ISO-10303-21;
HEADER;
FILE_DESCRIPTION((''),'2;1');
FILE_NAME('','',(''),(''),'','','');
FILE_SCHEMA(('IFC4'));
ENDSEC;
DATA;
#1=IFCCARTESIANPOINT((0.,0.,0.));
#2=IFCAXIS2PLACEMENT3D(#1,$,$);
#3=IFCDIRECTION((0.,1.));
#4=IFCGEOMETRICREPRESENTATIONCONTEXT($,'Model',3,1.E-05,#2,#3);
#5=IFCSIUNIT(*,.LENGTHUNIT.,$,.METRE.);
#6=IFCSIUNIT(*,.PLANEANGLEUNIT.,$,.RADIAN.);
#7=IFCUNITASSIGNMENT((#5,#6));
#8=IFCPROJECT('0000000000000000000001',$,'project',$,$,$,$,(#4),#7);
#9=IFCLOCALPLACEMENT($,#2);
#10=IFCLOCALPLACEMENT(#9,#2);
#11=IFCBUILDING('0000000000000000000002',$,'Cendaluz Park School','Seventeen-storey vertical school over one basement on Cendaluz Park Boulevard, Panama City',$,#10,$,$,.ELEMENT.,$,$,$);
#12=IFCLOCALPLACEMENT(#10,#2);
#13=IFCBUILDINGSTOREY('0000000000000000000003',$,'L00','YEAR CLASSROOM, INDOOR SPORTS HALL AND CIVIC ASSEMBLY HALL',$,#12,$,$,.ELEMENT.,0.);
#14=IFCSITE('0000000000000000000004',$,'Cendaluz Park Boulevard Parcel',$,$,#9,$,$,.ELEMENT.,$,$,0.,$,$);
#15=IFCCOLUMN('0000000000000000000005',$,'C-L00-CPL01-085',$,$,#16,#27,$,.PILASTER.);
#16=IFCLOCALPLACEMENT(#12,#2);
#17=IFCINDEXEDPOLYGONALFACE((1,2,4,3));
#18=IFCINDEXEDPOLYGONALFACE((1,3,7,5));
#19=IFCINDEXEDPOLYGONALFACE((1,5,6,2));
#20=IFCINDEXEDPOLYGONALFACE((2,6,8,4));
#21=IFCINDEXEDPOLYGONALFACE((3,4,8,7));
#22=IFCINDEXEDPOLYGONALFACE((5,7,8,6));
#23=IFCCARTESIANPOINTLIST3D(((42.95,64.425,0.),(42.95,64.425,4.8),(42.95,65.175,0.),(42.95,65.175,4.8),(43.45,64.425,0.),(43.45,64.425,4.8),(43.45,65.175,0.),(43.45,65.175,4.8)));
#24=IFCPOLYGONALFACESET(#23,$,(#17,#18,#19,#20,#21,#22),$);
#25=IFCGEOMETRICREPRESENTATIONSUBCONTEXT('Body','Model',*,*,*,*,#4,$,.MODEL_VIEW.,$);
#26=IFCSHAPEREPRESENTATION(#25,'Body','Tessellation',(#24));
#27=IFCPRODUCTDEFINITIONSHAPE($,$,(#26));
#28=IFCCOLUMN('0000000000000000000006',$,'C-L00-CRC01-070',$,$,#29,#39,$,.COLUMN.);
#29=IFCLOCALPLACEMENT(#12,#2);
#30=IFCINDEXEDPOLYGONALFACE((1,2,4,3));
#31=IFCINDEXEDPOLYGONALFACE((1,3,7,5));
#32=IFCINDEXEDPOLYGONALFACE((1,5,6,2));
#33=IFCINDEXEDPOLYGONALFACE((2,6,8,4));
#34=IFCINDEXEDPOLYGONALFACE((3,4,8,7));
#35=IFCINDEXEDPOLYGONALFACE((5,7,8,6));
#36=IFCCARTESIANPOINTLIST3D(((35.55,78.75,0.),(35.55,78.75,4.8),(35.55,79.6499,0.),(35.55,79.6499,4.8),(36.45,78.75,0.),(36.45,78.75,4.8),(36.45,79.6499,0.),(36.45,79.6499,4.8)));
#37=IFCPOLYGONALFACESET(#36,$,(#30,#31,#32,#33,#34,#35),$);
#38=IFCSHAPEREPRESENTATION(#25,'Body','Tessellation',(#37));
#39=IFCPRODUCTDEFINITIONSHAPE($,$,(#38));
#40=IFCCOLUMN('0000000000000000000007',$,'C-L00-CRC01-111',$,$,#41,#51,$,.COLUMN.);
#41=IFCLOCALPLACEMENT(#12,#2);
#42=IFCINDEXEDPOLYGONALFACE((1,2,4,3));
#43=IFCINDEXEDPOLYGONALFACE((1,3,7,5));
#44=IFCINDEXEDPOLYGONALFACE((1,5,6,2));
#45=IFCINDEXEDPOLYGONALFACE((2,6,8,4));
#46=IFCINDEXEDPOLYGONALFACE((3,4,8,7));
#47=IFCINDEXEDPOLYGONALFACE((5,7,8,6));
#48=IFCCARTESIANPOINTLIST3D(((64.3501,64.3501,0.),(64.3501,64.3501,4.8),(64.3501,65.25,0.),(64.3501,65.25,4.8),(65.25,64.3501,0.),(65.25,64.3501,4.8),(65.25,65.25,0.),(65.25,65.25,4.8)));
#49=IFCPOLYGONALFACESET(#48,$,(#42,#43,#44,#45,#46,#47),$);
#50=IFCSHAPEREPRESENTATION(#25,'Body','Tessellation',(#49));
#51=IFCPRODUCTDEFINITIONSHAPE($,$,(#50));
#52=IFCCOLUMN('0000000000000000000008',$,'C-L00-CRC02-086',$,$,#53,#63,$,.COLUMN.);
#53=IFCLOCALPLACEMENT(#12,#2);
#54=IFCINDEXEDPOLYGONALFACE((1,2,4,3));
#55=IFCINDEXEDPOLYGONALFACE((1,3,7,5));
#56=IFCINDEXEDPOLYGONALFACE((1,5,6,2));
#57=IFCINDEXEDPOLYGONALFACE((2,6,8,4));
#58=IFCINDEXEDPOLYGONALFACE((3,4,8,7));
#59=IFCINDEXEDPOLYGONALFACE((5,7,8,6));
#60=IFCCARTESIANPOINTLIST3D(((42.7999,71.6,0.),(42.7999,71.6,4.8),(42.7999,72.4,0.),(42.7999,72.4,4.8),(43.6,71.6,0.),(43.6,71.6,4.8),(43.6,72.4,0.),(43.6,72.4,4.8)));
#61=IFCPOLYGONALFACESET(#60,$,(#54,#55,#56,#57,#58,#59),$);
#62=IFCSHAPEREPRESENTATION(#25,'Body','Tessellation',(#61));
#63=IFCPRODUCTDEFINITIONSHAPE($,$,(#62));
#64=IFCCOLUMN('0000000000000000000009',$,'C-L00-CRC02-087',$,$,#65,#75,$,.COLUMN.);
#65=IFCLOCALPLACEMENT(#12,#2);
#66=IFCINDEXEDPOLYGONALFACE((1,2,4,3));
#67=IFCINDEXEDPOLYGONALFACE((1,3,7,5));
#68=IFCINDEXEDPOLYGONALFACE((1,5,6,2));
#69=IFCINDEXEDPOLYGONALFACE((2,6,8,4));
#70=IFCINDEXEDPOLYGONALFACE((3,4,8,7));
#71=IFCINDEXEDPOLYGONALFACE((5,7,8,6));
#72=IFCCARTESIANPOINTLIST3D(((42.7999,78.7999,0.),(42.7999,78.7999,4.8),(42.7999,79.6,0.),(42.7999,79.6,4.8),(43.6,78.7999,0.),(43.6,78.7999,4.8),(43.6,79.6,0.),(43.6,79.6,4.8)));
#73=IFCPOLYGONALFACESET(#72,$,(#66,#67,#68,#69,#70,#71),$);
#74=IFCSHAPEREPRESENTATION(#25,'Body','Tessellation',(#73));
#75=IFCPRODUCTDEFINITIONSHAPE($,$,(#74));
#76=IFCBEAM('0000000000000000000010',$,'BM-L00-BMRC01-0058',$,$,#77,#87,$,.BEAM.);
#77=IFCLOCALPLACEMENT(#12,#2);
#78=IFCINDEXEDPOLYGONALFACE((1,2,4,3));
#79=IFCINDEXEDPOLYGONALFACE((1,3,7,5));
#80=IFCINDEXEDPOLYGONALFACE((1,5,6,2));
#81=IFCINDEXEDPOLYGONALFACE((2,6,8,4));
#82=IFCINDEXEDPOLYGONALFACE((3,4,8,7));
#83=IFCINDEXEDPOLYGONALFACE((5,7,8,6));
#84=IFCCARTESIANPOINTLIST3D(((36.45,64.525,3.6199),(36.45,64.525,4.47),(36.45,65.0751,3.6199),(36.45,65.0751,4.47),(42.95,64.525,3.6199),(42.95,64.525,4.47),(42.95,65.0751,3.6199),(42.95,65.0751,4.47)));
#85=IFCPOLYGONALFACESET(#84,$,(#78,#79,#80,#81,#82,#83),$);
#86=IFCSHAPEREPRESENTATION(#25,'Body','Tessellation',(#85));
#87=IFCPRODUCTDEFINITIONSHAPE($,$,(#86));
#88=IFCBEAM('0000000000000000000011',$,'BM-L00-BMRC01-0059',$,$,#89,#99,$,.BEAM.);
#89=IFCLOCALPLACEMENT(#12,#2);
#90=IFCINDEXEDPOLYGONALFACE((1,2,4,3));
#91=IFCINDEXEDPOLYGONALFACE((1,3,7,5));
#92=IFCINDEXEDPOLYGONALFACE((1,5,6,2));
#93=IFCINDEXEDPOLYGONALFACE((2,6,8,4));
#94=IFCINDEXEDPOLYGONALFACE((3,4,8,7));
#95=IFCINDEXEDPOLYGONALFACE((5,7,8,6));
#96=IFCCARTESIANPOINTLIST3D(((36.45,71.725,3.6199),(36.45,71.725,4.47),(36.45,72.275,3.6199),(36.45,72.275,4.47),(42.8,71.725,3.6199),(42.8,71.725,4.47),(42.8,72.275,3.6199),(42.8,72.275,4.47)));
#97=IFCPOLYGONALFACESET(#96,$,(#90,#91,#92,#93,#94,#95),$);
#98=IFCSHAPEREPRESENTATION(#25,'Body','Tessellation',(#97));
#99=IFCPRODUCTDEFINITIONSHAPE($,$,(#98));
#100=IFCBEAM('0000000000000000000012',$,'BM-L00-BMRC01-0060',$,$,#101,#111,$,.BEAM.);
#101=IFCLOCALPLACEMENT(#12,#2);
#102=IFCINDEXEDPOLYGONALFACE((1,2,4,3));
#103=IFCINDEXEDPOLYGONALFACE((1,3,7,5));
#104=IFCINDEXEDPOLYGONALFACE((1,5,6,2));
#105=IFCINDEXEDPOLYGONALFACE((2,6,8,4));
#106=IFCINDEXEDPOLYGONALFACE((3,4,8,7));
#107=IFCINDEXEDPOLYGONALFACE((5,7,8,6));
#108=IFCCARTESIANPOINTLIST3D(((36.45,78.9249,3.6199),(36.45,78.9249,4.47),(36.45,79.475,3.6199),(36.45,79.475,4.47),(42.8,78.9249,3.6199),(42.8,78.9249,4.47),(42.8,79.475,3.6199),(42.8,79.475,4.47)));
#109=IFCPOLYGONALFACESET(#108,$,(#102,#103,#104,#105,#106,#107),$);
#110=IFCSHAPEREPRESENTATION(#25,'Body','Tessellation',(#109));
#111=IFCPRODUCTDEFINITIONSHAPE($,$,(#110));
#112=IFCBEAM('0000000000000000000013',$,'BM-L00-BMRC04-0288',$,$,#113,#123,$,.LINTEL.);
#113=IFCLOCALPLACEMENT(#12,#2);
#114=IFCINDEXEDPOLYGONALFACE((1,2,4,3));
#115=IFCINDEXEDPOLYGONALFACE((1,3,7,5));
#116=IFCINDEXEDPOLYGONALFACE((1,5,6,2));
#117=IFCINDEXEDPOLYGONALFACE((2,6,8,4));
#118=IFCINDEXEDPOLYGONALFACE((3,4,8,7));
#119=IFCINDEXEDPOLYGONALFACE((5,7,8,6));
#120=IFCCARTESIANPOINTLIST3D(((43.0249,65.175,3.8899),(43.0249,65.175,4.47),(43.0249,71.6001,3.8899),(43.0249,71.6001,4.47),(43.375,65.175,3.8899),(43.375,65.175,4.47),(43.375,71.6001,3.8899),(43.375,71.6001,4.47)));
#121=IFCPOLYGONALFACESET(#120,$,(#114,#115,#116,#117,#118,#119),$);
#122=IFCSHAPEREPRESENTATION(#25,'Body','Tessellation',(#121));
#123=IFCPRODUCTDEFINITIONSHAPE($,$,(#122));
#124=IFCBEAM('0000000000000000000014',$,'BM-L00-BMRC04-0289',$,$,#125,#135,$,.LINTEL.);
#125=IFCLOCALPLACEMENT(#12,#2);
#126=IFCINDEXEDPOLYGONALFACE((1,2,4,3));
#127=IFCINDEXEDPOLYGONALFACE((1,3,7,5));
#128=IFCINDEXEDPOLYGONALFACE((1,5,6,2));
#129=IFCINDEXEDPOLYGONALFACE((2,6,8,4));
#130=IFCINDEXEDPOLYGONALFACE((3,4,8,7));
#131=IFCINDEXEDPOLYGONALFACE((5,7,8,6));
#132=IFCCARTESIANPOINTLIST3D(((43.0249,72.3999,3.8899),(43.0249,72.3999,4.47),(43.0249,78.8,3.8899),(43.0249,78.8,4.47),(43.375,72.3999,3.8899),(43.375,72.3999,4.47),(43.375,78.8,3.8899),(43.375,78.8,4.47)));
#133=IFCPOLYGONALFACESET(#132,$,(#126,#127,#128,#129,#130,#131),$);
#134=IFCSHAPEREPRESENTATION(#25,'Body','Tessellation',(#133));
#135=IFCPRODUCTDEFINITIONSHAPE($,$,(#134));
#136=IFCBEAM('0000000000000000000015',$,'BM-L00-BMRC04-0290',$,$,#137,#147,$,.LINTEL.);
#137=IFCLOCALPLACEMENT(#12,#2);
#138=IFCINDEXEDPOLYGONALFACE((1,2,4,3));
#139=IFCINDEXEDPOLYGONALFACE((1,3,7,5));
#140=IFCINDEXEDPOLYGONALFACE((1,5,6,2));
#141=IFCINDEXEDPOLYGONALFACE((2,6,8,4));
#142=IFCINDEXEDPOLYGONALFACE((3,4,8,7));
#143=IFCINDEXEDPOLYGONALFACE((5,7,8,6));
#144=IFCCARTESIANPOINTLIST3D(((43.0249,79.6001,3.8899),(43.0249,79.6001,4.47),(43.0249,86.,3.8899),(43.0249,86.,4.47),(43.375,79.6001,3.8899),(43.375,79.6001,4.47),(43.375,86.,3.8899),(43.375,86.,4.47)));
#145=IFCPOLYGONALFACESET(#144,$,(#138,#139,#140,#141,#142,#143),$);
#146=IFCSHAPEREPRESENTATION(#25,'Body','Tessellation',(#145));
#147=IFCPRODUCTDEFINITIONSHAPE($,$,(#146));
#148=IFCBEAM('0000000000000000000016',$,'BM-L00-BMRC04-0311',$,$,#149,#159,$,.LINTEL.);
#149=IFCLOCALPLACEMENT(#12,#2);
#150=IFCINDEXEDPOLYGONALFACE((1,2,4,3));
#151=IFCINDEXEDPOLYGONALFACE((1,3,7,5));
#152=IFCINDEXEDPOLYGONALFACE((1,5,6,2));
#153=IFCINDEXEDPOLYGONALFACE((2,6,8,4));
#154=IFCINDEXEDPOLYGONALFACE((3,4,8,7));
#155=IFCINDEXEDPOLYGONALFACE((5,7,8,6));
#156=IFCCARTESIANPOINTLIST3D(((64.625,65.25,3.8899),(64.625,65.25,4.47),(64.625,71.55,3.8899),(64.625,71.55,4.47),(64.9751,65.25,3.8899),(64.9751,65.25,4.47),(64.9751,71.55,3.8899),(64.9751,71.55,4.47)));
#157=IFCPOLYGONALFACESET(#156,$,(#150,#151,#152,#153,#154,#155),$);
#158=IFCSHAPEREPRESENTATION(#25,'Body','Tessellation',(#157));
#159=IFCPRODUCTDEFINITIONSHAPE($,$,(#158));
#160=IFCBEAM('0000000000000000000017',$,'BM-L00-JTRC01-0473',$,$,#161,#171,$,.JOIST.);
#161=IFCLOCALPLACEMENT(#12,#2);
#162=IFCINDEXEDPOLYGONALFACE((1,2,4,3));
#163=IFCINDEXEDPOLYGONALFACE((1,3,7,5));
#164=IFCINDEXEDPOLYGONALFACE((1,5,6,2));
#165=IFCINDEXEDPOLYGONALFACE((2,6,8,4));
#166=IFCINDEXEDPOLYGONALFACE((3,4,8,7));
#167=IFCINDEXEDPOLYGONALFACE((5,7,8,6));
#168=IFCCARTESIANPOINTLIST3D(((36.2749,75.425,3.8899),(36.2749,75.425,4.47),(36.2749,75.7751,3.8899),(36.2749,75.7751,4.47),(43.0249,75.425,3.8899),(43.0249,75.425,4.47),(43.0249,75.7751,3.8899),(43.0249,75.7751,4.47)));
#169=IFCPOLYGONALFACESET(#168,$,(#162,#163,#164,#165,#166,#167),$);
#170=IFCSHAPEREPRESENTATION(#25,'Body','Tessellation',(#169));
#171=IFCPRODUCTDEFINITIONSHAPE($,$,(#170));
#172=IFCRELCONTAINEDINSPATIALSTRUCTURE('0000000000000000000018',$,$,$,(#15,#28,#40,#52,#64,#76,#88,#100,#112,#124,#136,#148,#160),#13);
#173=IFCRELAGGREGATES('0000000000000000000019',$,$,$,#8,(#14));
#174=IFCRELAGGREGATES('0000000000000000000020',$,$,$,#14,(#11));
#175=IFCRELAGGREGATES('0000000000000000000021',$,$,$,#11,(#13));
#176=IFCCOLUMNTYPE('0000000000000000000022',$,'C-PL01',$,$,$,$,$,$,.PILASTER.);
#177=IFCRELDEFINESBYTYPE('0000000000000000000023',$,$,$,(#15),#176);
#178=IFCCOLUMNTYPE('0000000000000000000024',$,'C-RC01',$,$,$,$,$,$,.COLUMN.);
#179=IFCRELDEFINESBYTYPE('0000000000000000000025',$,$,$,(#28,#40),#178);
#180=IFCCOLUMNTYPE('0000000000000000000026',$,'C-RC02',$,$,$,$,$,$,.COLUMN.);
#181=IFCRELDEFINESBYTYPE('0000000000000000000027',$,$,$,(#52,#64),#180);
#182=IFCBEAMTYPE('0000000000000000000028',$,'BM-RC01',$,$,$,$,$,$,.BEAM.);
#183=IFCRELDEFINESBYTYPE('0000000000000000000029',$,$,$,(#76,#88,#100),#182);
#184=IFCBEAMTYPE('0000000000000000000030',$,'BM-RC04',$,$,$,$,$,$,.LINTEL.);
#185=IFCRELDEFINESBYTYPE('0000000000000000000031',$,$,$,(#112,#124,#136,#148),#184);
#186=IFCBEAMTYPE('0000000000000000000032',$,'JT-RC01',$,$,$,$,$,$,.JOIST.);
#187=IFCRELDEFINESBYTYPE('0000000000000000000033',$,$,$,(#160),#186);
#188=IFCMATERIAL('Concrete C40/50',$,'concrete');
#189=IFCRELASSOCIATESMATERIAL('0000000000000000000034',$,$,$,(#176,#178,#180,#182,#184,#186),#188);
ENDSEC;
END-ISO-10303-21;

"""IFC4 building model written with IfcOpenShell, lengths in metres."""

from ifc_helpers import new_model, si_unit, direction, frame, origin, origin_2d, place, context, subcontext, project, spatial, rectangle, extrude, material, material_profile, profile_set, type_object, element, save


model = new_model("IFC4")

# Units and contexts
model_context = context("Model", 3, precision=1e-05, world=origin(), true_north=direction((0.0, 1.0)))
body_context = subcontext(model_context, "Body", "Model", "MODEL_VIEW")
ifc_project = project(units=[si_unit("LENGTHUNIT", "METRE"), si_unit("PLANEANGLEUNIT", "RADIAN")], contexts=[model_context])

# Site, building, storey
site_placement = place(None, origin())
site = spatial("IfcSite", under=ifc_project, at=site_placement, Name="Cendaluz Park Boulevard Parcel", CompositionType="ELEMENT", RefElevation=0.0)
building_placement = place(site_placement, origin())
building = spatial("IfcBuilding", under=site, at=building_placement, Name="Cendaluz Park School", Description="Seventeen-storey vertical school over one basement on Cendaluz Park Boulevard, Panama City", CompositionType="ELEMENT")
storey_placement = place(building_placement, origin())
storey = spatial("IfcBuildingStorey", under=building, at=storey_placement, Name="L00", Description="YEAR CLASSROOM, INDOOR SPORTS HALL AND CIVIC ASSEMBLY HALL", CompositionType="ELEMENT", Elevation=0.0)

# Columns
ifc_material_1 = material(Name="Concrete C40/50", Category="concrete")
ifc_material_profile_1 = material_profile(ifc_material_1, rectangle(XDim=0.5, YDim=0.75, at=origin_2d()), Name="RC 500x750", Category="concrete")
ifc_profile_set_1 = profile_set([ifc_material_profile_1], Name="Concrete C40/50")
column_type_1 = type_object("IfcColumnType", Name="C-PL01", PredefinedType="PILASTER", material=ifc_profile_set_1)
column_placement = place(storey_placement, frame((43.2, 64.8, 0.0), z_axis=(0.0, 0.0, 1.0), x_axis=(1.0, 0.0, 0.0)))
element("IfcColumn", 1, at=column_placement, inside=storey, type_object=column_type_1, Name="C-L00-CPL01-085", PredefinedType="PILASTER", context=body_context, shape_type="SweptSolid", body=[
    extrude(rectangle(XDim=0.5, YDim=0.75, at=origin_2d()), origin(), (0.0, 0.0, 1.0), 4.8),
])
ifc_material_profile_2 = material_profile(ifc_material_1, rectangle(XDim=0.8999, YDim=0.8999, at=origin_2d()), Name="RC 900x900", Category="concrete")
ifc_profile_set_2 = profile_set([ifc_material_profile_2], Name="Concrete C40/50")
column_type_2 = type_object("IfcColumnType", Name="C-RC01", PredefinedType="COLUMN", material=ifc_profile_set_2)
for number, where, z_axis, x_axis, name in (
    (2, (36.0, 79.2, 0.0), (0.0, 0.0, 1.0), (1.0, 0.0, 0.0), "C-L00-CRC01-070"),
    (3, (64.8, 64.8, 0.0), (0.0, 0.0, 1.0), (1.0, 0.0, 0.0), "C-L00-CRC01-111"),
):
    element("IfcColumn", number, at=place(storey_placement, frame(where, z_axis=z_axis, x_axis=x_axis)), inside=storey, type_object=column_type_2, Name=name, PredefinedType="COLUMN", context=body_context, shape_type="SweptSolid", body=[
        extrude(rectangle(XDim=0.8999, YDim=0.8999, at=origin_2d()), origin(), (0.0, 0.0, 1.0), 4.8),
    ])
ifc_material_profile_3 = material_profile(ifc_material_1, rectangle(XDim=0.8, YDim=0.8, at=origin_2d()), Name="RC 800x800", Category="concrete")
ifc_profile_set_3 = profile_set([ifc_material_profile_3], Name="Concrete C40/50")
column_type_3 = type_object("IfcColumnType", Name="C-RC02", PredefinedType="COLUMN", material=ifc_profile_set_3)
for number, where, z_axis, x_axis, name in (
    (4, (43.2, 72.0, 0.0), (0.0, 0.0, 1.0), (1.0, 0.0, 0.0), "C-L00-CRC02-086"),
    (5, (43.2, 79.2, 0.0), (0.0, 0.0, 1.0), (1.0, 0.0, 0.0), "C-L00-CRC02-087"),
):
    element("IfcColumn", number, at=place(storey_placement, frame(where, z_axis=z_axis, x_axis=x_axis)), inside=storey, type_object=column_type_3, Name=name, PredefinedType="COLUMN", context=body_context, shape_type="SweptSolid", body=[
        extrude(rectangle(XDim=0.8, YDim=0.8, at=origin_2d()), origin(), (0.0, 0.0, 1.0), 4.8),
    ])

# Beams
ifc_material_profile_4 = material_profile(ifc_material_1, rectangle(XDim=0.55, YDim=0.8501, at=origin_2d()), Name="RC 550x850", Category="concrete")
ifc_profile_set_4 = profile_set([ifc_material_profile_4], Name="Concrete C40/50")
beam_type_1 = type_object("IfcBeamType", Name="BM-RC01", PredefinedType="BEAM", material=ifc_profile_set_4)
beam_1_placement = place(storey_placement, frame((36.45, 64.8, 4.0449), z_axis=(1.0, 0.0, 0.0), x_axis=(0.0, 1.0, 0.0)))
element("IfcBeam", 6, at=beam_1_placement, inside=storey, type_object=beam_type_1, Name="BM-L00-BMRC01-0058", PredefinedType="BEAM", context=body_context, shape_type="SweptSolid", body=[
    extrude(rectangle(XDim=0.55, YDim=0.8501, at=origin_2d()), origin(), (0.0, 0.0, 1.0), 6.5),
])
for number, where, z_axis, x_axis, name in (
    (7, (36.45, 72.0, 4.0449), (1.0, 0.0, 0.0), (0.0, 1.0, 0.0), "BM-L00-BMRC01-0059"),
    (8, (36.45, 79.2, 4.0449), (1.0, 0.0, 0.0), (0.0, 1.0, 0.0), "BM-L00-BMRC01-0060"),
):
    element("IfcBeam", number, at=place(storey_placement, frame(where, z_axis=z_axis, x_axis=x_axis)), inside=storey, type_object=beam_type_1, Name=name, PredefinedType="BEAM", context=body_context, shape_type="SweptSolid", body=[
        extrude(rectangle(XDim=0.55, YDim=0.8501, at=origin_2d()), origin(), (0.0, 0.0, 1.0), 6.3501),
    ])
ifc_material_profile_5 = material_profile(ifc_material_1, rectangle(XDim=0.3501, YDim=0.5801, at=origin_2d()), Name="RC 350x580", Category="concrete")
ifc_profile_set_5 = profile_set([ifc_material_profile_5], Name="Concrete C40/50")
beam_type_2 = type_object("IfcBeamType", Name="BM-RC04", PredefinedType="LINTEL", material=ifc_profile_set_5)
beam_2_placement = place(storey_placement, frame((43.2, 65.175, 4.1799), z_axis=(0.0, 1.0, 0.0), x_axis=(-1.0, 0.0, 0.0)))
element("IfcBeam", 9, at=beam_2_placement, inside=storey, type_object=beam_type_2, Name="BM-L00-BMRC04-0288", PredefinedType="LINTEL", context=body_context, shape_type="SweptSolid", body=[
    extrude(rectangle(XDim=0.3501, YDim=0.5801, at=origin_2d()), origin(), (0.0, 0.0, 1.0), 6.425),
])
beam_3_placement = place(storey_placement, frame((43.2, 72.3999, 4.1799), z_axis=(0.0, 1.0, 0.0), x_axis=(-1.0, 0.0, 0.0)))
element("IfcBeam", 10, at=beam_3_placement, inside=storey, type_object=beam_type_2, Name="BM-L00-BMRC04-0289", PredefinedType="LINTEL", context=body_context, shape_type="SweptSolid", body=[
    extrude(rectangle(XDim=0.3501, YDim=0.5801, at=origin_2d()), origin(), (0.0, 0.0, 1.0), 6.4001),
])
beam_4_placement = place(storey_placement, frame((43.2, 79.6001, 4.1799), z_axis=(0.0, 1.0, 0.0), x_axis=(-1.0, 0.0, 0.0)))
element("IfcBeam", 11, at=beam_4_placement, inside=storey, type_object=beam_type_2, Name="BM-L00-BMRC04-0290", PredefinedType="LINTEL", context=body_context, shape_type="SweptSolid", body=[
    extrude(rectangle(XDim=0.3501, YDim=0.5801, at=origin_2d()), origin(), (0.0, 0.0, 1.0), 6.3999),
])
beam_5_placement = place(storey_placement, frame((64.8, 65.25, 4.1799), z_axis=(0.0, 1.0, 0.0), x_axis=(-1.0, 0.0, 0.0)))
element("IfcBeam", 12, at=beam_5_placement, inside=storey, type_object=beam_type_2, Name="BM-L00-BMRC04-0311", PredefinedType="LINTEL", context=body_context, shape_type="SweptSolid", body=[
    extrude(rectangle(XDim=0.3501, YDim=0.5801, at=origin_2d()), origin(), (0.0, 0.0, 1.0), 6.3),
])
ifc_material_profile_6 = material_profile(ifc_material_1, rectangle(XDim=0.3501, YDim=0.5801, at=origin_2d()), Name="RC 350x580", Category="concrete")
ifc_profile_set_6 = profile_set([ifc_material_profile_6], Name="Concrete C40/50")
beam_type_3 = type_object("IfcBeamType", Name="JT-RC01", PredefinedType="JOIST", material=ifc_profile_set_6)
beam_6_placement = place(storey_placement, frame((36.2749, 75.6001, 4.1799), z_axis=(1.0, 0.0, 0.0), x_axis=(0.0, 1.0, 0.0)))
element("IfcBeam", 13, at=beam_6_placement, inside=storey, type_object=beam_type_3, Name="BM-L00-JTRC01-0473", PredefinedType="JOIST", context=body_context, shape_type="SweptSolid", body=[
    extrude(rectangle(XDim=0.3501, YDim=0.5801, at=origin_2d()), origin(), (0.0, 0.0, 1.0), 6.75),
])

save(model, "model.ifc")
